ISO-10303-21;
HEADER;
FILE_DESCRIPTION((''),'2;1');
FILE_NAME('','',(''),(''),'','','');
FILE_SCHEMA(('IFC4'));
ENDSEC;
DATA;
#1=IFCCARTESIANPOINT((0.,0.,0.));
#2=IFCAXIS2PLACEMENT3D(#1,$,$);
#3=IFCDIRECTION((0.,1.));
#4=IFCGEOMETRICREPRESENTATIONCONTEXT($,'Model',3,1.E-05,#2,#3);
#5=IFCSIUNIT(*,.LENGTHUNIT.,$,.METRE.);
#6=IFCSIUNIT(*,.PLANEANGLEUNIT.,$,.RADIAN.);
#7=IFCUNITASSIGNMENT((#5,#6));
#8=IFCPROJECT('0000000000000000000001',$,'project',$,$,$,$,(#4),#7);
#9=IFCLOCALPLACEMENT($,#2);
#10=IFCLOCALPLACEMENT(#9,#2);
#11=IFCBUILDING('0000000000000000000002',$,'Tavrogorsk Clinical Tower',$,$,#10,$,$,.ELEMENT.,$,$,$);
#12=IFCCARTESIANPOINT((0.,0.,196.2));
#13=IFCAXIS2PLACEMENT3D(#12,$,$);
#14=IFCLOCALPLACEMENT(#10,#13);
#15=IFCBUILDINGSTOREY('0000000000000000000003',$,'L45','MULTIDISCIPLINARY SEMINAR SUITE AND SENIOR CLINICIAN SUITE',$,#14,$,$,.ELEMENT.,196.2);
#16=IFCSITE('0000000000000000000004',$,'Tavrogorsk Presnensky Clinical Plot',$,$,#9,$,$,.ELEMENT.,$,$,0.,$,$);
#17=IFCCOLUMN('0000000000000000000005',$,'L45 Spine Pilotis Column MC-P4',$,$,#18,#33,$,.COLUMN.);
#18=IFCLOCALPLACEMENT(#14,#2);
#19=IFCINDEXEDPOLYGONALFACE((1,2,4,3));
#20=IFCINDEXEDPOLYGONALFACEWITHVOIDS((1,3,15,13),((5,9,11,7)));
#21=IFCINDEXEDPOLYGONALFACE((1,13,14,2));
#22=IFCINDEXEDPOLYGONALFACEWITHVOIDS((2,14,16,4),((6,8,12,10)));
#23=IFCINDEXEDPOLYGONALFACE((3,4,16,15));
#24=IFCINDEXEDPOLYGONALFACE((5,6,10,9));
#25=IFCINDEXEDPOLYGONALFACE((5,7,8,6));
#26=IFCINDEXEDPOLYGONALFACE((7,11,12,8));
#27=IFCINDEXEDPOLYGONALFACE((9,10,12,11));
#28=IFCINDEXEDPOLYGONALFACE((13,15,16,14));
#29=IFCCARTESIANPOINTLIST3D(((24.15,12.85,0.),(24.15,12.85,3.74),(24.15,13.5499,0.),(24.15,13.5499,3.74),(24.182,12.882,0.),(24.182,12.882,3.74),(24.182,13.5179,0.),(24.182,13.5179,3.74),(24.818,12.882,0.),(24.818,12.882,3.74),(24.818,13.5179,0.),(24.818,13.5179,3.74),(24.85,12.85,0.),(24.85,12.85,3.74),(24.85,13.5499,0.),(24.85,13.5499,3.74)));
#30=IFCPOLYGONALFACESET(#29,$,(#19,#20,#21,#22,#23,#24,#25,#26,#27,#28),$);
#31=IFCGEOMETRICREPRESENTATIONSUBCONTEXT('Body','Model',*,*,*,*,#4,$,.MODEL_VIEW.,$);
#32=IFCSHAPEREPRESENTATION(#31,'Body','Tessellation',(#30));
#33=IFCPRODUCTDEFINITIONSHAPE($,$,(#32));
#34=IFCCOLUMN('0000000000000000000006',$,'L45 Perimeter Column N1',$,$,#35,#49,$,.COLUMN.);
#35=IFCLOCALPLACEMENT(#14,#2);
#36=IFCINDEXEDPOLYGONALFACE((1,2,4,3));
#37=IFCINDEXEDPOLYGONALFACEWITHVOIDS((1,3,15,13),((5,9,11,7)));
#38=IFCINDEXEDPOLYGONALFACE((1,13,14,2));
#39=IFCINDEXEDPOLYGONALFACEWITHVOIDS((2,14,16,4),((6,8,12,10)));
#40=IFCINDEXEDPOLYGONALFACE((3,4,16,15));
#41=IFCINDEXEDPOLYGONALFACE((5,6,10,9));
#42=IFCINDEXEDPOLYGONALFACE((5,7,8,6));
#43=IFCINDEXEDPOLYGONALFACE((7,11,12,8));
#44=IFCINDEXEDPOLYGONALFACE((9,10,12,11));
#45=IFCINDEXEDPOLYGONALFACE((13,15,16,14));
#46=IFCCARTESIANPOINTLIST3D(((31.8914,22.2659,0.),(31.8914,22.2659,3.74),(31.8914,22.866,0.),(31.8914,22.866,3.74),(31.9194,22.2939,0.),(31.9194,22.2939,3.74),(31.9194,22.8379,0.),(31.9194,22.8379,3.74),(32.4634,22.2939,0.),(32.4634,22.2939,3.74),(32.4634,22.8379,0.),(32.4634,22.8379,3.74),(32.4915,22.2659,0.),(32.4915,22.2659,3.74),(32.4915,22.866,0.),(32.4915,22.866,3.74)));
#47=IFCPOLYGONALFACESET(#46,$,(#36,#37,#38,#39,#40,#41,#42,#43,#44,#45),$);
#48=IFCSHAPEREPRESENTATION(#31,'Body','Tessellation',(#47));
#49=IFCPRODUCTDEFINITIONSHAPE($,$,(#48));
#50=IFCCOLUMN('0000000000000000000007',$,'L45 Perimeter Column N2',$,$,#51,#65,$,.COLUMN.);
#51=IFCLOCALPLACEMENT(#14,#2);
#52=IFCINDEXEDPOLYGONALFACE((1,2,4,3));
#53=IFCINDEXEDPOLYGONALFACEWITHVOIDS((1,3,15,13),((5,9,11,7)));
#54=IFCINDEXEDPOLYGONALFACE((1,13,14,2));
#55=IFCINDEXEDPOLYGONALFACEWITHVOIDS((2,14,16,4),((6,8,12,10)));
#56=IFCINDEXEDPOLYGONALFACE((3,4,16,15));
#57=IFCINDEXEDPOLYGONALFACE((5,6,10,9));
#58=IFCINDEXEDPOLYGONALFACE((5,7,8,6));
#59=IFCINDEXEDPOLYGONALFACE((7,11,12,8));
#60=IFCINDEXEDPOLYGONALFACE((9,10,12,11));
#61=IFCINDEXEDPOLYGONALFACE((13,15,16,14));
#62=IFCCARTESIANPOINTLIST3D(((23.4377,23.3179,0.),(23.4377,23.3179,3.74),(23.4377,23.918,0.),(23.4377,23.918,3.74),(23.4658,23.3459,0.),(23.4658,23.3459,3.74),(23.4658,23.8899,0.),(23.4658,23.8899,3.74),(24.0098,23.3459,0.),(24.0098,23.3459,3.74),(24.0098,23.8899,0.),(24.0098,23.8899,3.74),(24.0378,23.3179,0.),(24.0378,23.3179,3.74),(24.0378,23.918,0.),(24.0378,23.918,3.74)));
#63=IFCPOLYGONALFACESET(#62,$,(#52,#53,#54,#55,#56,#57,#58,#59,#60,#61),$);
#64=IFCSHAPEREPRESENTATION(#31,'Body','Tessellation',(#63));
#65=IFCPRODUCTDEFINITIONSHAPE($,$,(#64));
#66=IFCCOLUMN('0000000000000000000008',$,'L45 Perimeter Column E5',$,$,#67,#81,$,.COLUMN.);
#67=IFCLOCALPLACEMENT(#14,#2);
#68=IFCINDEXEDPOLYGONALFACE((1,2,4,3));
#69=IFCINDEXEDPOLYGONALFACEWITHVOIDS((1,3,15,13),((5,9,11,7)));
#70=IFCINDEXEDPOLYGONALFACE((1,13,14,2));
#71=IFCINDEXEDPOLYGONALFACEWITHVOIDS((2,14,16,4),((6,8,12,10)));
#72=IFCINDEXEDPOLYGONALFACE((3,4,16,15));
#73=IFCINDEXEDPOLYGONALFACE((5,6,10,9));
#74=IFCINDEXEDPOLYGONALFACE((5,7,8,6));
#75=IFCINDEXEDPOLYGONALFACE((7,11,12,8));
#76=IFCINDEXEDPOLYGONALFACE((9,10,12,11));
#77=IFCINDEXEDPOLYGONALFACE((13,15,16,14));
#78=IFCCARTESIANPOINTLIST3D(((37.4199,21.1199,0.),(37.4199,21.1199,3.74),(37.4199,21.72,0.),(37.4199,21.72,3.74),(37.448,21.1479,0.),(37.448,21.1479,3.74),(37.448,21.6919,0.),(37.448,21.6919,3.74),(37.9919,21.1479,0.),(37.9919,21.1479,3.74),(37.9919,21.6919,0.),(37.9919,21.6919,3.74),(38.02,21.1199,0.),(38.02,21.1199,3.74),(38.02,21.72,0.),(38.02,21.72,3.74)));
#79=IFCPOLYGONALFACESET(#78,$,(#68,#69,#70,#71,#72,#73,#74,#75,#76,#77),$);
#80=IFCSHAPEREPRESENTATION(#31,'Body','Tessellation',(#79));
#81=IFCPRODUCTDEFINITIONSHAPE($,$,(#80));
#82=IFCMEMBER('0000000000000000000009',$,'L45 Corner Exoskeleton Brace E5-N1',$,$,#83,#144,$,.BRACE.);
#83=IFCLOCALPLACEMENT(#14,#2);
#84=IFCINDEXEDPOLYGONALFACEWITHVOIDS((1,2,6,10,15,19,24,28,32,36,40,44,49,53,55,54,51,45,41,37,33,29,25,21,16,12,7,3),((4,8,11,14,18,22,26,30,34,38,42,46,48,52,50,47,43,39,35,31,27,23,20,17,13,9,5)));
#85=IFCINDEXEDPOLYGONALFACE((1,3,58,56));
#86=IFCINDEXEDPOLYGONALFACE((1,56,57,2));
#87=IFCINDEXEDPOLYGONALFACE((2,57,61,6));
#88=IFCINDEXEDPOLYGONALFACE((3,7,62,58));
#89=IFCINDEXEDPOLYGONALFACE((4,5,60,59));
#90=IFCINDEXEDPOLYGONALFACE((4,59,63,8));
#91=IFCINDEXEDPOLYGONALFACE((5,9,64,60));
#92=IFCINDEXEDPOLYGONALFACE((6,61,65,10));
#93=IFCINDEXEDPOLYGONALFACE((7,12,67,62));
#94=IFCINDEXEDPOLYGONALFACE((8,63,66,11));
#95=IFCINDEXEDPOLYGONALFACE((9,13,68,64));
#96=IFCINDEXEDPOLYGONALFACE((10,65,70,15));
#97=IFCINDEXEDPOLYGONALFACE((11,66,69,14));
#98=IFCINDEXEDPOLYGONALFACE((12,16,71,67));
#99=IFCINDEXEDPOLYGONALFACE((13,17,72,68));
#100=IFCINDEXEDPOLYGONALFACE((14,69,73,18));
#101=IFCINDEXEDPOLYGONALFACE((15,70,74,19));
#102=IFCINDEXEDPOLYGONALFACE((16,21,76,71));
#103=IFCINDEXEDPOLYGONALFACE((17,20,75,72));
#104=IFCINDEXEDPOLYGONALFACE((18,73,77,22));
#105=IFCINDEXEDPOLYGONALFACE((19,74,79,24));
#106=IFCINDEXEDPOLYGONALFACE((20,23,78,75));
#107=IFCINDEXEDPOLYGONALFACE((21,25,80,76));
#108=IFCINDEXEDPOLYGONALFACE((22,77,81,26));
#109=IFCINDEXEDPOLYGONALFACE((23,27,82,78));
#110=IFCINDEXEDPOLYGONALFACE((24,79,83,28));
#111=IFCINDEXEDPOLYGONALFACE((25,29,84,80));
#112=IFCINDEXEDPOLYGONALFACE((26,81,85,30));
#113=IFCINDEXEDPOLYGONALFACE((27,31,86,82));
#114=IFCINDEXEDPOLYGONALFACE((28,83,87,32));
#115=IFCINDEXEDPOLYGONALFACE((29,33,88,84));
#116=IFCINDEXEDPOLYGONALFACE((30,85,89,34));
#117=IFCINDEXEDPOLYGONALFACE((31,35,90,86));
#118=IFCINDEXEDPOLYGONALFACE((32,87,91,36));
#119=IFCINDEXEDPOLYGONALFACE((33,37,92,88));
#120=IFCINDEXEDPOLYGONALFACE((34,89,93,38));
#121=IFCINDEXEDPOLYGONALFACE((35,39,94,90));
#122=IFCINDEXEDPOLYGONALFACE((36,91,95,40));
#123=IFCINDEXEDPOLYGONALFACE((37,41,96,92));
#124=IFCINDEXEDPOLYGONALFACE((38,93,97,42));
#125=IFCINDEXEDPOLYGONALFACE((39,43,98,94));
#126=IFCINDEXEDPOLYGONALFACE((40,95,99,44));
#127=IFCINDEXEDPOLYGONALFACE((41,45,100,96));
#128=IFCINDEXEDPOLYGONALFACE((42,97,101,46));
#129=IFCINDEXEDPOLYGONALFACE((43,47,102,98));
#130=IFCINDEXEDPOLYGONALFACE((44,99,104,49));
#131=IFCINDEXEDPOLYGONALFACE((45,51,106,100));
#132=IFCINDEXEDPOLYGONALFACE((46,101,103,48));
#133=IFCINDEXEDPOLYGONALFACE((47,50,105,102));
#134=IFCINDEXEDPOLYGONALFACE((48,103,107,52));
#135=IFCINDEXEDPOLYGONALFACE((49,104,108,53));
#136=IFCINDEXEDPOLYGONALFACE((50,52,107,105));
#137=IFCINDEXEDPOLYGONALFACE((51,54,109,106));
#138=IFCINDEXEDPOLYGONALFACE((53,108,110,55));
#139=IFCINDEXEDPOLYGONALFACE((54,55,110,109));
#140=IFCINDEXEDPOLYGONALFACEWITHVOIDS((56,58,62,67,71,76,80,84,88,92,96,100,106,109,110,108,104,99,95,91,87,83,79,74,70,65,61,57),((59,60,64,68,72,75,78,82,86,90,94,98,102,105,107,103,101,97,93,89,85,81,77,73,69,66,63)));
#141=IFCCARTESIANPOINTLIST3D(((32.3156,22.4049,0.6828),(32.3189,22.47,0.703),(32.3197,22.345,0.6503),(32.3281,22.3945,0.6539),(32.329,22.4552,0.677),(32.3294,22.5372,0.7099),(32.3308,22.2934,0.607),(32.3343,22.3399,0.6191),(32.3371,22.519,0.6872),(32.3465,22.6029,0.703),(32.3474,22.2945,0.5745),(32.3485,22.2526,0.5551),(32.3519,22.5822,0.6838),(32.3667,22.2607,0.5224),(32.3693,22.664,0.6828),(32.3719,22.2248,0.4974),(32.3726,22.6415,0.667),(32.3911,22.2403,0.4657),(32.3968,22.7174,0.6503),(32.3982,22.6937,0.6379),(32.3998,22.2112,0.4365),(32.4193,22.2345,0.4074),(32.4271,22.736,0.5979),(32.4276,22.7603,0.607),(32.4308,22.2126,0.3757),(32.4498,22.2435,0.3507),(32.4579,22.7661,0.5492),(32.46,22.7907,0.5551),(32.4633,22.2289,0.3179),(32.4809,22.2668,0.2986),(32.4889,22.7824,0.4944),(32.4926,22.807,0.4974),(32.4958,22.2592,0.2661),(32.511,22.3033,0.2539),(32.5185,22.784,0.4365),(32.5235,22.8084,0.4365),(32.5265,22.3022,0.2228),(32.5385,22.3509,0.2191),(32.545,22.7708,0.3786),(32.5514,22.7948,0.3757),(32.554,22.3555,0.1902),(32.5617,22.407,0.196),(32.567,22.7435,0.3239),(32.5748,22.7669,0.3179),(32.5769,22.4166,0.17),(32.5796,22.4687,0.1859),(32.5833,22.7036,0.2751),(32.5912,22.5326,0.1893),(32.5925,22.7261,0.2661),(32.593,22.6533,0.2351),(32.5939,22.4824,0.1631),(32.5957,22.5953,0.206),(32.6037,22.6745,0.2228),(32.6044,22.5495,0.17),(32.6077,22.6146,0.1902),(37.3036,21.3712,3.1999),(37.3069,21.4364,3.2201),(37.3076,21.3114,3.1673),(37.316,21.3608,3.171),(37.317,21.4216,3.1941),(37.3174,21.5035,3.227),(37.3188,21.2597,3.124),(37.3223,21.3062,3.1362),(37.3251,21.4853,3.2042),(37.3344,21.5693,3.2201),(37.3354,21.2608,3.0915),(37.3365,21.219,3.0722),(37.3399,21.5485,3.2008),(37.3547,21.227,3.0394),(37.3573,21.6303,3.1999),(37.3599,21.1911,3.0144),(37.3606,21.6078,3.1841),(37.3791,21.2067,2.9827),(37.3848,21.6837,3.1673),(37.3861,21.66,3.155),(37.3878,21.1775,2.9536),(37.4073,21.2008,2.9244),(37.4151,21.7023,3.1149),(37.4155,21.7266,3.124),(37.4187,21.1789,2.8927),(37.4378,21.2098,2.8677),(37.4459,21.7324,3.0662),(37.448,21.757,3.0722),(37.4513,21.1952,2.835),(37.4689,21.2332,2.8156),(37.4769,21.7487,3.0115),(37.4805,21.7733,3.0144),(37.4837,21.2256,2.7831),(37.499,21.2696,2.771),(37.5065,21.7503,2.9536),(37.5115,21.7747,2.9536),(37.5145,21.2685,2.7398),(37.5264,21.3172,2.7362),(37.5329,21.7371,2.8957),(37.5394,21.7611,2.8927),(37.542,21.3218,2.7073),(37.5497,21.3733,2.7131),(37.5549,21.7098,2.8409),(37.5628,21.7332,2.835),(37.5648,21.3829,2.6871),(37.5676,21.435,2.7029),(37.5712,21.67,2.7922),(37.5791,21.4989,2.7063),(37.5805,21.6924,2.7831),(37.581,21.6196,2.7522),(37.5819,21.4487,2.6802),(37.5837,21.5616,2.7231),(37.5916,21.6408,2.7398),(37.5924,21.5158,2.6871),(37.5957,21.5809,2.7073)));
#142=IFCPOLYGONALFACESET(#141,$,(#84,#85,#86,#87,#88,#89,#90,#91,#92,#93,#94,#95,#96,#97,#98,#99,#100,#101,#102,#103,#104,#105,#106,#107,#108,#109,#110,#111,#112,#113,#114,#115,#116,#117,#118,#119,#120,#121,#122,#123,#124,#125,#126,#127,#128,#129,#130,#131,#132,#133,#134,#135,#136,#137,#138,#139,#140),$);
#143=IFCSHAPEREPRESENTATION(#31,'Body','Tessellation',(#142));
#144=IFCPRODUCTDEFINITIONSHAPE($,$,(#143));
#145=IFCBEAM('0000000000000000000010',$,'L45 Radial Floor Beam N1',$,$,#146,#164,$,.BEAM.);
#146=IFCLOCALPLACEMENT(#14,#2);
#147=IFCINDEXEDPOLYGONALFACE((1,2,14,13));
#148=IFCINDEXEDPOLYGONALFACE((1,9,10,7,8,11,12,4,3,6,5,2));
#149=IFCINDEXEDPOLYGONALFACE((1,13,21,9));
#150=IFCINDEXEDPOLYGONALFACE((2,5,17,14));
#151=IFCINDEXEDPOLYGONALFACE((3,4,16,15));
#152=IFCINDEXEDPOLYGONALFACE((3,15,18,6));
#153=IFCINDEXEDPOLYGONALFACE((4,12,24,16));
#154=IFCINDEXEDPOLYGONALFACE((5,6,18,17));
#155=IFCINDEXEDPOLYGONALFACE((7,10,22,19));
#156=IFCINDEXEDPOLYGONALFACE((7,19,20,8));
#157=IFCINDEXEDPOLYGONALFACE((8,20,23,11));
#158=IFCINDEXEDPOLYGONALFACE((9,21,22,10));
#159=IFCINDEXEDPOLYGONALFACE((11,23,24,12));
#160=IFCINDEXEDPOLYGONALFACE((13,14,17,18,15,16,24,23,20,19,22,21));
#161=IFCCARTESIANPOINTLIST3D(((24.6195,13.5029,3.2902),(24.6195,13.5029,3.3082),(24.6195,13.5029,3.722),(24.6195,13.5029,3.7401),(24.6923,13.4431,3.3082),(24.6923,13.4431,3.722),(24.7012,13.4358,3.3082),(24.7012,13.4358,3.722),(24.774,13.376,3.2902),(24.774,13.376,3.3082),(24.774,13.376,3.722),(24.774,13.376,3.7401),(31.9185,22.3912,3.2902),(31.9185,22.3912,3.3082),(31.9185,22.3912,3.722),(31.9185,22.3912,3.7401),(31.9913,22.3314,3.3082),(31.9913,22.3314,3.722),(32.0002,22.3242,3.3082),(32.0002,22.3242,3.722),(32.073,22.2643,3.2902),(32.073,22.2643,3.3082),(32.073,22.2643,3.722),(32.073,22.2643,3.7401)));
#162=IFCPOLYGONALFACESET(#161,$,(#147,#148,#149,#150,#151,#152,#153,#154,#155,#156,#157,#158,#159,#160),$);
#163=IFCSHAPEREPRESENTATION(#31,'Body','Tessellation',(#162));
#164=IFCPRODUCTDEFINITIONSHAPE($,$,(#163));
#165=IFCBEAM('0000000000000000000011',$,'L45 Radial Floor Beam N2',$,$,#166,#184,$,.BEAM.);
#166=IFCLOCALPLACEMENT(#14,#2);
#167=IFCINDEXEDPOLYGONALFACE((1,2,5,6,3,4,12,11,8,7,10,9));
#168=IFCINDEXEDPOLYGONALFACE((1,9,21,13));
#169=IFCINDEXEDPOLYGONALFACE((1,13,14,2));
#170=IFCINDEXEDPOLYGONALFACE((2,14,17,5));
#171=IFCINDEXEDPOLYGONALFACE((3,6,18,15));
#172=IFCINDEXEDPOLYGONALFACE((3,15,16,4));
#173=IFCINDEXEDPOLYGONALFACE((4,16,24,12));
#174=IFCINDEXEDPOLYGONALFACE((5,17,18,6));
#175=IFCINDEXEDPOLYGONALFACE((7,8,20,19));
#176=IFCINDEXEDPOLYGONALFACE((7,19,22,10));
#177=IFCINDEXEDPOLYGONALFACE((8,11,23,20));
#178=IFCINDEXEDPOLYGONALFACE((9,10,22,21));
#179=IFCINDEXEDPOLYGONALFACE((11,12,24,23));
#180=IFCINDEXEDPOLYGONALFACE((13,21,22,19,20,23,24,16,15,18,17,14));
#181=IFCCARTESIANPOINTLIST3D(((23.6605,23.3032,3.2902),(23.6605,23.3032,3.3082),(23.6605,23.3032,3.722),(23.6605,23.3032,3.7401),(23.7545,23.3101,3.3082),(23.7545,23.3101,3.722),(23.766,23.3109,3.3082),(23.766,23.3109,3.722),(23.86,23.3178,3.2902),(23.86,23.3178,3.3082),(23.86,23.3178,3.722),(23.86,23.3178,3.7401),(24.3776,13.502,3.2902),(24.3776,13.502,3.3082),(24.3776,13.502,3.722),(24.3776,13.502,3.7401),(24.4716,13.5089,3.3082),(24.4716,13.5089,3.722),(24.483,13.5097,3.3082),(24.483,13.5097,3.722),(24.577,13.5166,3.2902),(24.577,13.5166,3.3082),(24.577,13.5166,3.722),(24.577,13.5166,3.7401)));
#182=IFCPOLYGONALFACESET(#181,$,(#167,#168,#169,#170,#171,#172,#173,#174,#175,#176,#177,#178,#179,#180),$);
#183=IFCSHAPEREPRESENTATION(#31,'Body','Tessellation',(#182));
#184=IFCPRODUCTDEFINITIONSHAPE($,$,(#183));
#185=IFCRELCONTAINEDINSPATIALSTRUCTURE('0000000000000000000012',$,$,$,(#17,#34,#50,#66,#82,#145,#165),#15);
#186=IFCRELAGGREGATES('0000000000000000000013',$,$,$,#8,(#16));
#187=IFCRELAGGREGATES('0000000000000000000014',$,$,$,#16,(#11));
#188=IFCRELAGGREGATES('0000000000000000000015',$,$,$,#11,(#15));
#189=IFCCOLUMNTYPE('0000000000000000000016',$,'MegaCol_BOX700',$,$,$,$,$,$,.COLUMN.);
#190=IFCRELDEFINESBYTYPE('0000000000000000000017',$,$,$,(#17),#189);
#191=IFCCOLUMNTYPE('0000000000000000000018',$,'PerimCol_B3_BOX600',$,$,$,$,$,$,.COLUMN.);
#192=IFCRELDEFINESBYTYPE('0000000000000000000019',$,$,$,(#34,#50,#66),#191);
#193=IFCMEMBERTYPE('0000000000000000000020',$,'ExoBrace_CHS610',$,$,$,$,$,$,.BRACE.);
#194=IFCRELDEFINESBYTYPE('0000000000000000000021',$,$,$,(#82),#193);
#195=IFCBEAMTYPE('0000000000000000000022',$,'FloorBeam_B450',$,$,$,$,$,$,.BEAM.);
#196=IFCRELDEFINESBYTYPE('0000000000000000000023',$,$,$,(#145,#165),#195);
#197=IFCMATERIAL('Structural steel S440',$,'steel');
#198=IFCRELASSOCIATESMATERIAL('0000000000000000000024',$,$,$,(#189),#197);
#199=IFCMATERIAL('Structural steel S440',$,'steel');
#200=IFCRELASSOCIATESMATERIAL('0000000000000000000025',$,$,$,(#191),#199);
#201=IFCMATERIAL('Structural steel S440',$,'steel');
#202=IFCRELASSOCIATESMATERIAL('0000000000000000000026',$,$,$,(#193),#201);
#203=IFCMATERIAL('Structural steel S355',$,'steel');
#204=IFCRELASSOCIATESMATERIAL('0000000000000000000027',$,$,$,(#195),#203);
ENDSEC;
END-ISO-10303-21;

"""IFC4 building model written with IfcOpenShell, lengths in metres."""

from ifc_helpers import new_model, si_unit, direction, frame, origin, origin_2d, place, context, subcontext, project, spatial, hollow_rectangle, hollow_circle, i_section, extrude, material, material_profile, profile_set, type_object, element, save


model = new_model("IFC4")

# Units and contexts
model_context = context("Model", 3, precision=1e-05, world=origin(), true_north=direction((0.0, 1.0)))
body_context = subcontext(model_context, "Body", "Model", "MODEL_VIEW")
ifc_project = project(units=[si_unit("LENGTHUNIT", "METRE"), si_unit("PLANEANGLEUNIT", "RADIAN")], contexts=[model_context])

# Site, building, storey
site_placement = place(None, origin())
site = spatial("IfcSite", under=ifc_project, at=site_placement, Name="Tavrogorsk Presnensky Clinical Plot", CompositionType="ELEMENT", RefElevation=0.0)
building_placement = place(site_placement, origin())
building = spatial("IfcBuilding", under=site, at=building_placement, Name="Tavrogorsk Clinical Tower", CompositionType="ELEMENT")
storey_placement = place(building_placement, frame((0.0, 0.0, 196.2)))
storey = spatial("IfcBuildingStorey", under=building, at=storey_placement, Name="L45", Description="MULTIDISCIPLINARY SEMINAR SUITE AND SENIOR CLINICIAN SUITE", CompositionType="ELEMENT", Elevation=196.2)

# Columns
ifc_material_1 = material(Name="Structural steel S440", Category="steel")
ifc_material_profile_1 = material_profile(ifc_material_1, hollow_rectangle(XDim=0.7, YDim=0.7, WallThickness=0.032, at=origin_2d()), Name="BOX-700x700x32")
ifc_profile_set_1 = profile_set([ifc_material_profile_1], Name="Structural steel S440")
column_type_1 = type_object("IfcColumnType", Name="MegaCol_BOX700", PredefinedType="COLUMN", material=ifc_profile_set_1)
column_placement = place(storey_placement, frame((24.5, 13.2, 0.0), z_axis=(0.0, 0.0, 1.0), x_axis=(1.0, 0.0, 0.0)))
element("IfcColumn", 1, at=column_placement, inside=storey, type_object=column_type_1, Name="L45 Spine Pilotis Column MC-P4", PredefinedType="COLUMN", context=body_context, shape_type="SweptSolid", body=[
    extrude(hollow_rectangle(XDim=0.7, YDim=0.7, WallThickness=0.032, at=origin_2d()), origin(), (0.0, 0.0, 1.0), 3.74),
])
ifc_material_2 = material(Name="Structural steel S440", Category="steel")
ifc_material_profile_2 = material_profile(ifc_material_2, hollow_rectangle(XDim=0.6001, YDim=0.6001, WallThickness=0.0281, at=origin_2d()), Name="BOX-600x600x28")
ifc_profile_set_2 = profile_set([ifc_material_profile_2], Name="Structural steel S440")
column_type_2 = type_object("IfcColumnType", Name="PerimCol_B3_BOX600", PredefinedType="COLUMN", material=ifc_profile_set_2)
for number, where, z_axis, x_axis, name in (
    (2, (32.1914, 22.5659, 0.0), (0.0, 0.0, 1.0), (1.0, 0.0, 0.0), "L45 Perimeter Column N1"),
    (3, (23.7378, 23.6179, 0.0), (0.0, 0.0, 1.0), (1.0, 0.0, 0.0), "L45 Perimeter Column N2"),
    (4, (37.72, 21.4199, 0.0), (0.0, 0.0, 1.0), (1.0, 0.0, 0.0), "L45 Perimeter Column E5"),
):
    element("IfcColumn", number, at=place(storey_placement, frame(where, z_axis=z_axis, x_axis=x_axis)), inside=storey, type_object=column_type_2, Name=name, PredefinedType="COLUMN", context=body_context, shape_type="SweptSolid", body=[
        extrude(hollow_rectangle(XDim=0.6001, YDim=0.6001, WallThickness=0.0281, at=origin_2d()), origin(), (0.0, 0.0, 1.0), 3.74),
    ])

# Member
ifc_material_3 = material(Name="Structural steel S440", Category="steel")
ifc_material_profile_3 = material_profile(ifc_material_3, hollow_circle(Radius=0.3049, WallThickness=0.0249, at=origin_2d()), Name="CHS-610x25")
ifc_profile_set_3 = profile_set([ifc_material_profile_3], Name="Structural steel S440")
member_type_1 = type_object("IfcMemberType", Name="ExoBrace_CHS610", PredefinedType="BRACE", material=ifc_profile_set_3)
member_1_placement = place(storey_placement, frame((32.4617, 22.5098, 0.4365), z_axis=(0.877871, -0.181925, 0.442996), x_axis=(0.202923, 0.979195, 0.0)))
element("IfcMember", 5, at=member_1_placement, inside=storey, type_object=member_type_1, Name="L45 Corner Exoskeleton Brace E5-N1", PredefinedType="BRACE", context=body_context, shape_type="SweptSolid", body=[
    extrude(hollow_circle(Radius=0.3049, WallThickness=0.0249, at=origin_2d()), origin(), (0.0, 0.0, 1.0), 5.6819),
])

# Beams
ifc_material_4 = material(Name="Structural steel S355", Category="steel")
ifc_material_profile_4 = material_profile(ifc_material_4, i_section(OverallWidth=0.2, OverallDepth=0.45, WebThickness=0.0115, FlangeThickness=0.0181, at=origin_2d()), Name="B-450x200x11.5x18")
ifc_profile_set_4 = profile_set([ifc_material_profile_4], Name="Structural steel S355")
beam_type_1 = type_object("IfcBeamType", Name="FloorBeam_B450", PredefinedType="BEAM", material=ifc_profile_set_4)
beam_1_placement = place(storey_placement, frame((24.6968, 13.4395, 3.5151), z_axis=(0.634629, 0.772817, 0.0), x_axis=(-0.772817, 0.634629, 0.0)))
element("IfcBeam", 6, at=beam_1_placement, inside=storey, type_object=beam_type_1, Name="L45 Radial Floor Beam N1", PredefinedType="BEAM", context=body_context, shape_type="SweptSolid", body=[
    extrude(i_section(OverallWidth=0.2, OverallDepth=0.45, WebThickness=0.0115, FlangeThickness=0.0181, at=origin_2d()), origin(), (0.0, 0.0, 1.0), 11.5012),
])
beam_2_placement = place(storey_placement, frame((24.4773, 13.5093, 3.5151), z_axis=(-0.072963, 0.997335, 0.0), x_axis=(-0.997335, -0.072963, 0.0)))
element("IfcBeam", 7, at=beam_2_placement, inside=storey, type_object=beam_type_1, Name="L45 Radial Floor Beam N2", PredefinedType="BEAM", context=body_context, shape_type="SweptSolid", body=[
    extrude(i_section(OverallWidth=0.2, OverallDepth=0.45, WebThickness=0.0115, FlangeThickness=0.0181, at=origin_2d()), origin(), (0.0, 0.0, 1.0), 9.8274),
])

save(model, "model.ifc")
